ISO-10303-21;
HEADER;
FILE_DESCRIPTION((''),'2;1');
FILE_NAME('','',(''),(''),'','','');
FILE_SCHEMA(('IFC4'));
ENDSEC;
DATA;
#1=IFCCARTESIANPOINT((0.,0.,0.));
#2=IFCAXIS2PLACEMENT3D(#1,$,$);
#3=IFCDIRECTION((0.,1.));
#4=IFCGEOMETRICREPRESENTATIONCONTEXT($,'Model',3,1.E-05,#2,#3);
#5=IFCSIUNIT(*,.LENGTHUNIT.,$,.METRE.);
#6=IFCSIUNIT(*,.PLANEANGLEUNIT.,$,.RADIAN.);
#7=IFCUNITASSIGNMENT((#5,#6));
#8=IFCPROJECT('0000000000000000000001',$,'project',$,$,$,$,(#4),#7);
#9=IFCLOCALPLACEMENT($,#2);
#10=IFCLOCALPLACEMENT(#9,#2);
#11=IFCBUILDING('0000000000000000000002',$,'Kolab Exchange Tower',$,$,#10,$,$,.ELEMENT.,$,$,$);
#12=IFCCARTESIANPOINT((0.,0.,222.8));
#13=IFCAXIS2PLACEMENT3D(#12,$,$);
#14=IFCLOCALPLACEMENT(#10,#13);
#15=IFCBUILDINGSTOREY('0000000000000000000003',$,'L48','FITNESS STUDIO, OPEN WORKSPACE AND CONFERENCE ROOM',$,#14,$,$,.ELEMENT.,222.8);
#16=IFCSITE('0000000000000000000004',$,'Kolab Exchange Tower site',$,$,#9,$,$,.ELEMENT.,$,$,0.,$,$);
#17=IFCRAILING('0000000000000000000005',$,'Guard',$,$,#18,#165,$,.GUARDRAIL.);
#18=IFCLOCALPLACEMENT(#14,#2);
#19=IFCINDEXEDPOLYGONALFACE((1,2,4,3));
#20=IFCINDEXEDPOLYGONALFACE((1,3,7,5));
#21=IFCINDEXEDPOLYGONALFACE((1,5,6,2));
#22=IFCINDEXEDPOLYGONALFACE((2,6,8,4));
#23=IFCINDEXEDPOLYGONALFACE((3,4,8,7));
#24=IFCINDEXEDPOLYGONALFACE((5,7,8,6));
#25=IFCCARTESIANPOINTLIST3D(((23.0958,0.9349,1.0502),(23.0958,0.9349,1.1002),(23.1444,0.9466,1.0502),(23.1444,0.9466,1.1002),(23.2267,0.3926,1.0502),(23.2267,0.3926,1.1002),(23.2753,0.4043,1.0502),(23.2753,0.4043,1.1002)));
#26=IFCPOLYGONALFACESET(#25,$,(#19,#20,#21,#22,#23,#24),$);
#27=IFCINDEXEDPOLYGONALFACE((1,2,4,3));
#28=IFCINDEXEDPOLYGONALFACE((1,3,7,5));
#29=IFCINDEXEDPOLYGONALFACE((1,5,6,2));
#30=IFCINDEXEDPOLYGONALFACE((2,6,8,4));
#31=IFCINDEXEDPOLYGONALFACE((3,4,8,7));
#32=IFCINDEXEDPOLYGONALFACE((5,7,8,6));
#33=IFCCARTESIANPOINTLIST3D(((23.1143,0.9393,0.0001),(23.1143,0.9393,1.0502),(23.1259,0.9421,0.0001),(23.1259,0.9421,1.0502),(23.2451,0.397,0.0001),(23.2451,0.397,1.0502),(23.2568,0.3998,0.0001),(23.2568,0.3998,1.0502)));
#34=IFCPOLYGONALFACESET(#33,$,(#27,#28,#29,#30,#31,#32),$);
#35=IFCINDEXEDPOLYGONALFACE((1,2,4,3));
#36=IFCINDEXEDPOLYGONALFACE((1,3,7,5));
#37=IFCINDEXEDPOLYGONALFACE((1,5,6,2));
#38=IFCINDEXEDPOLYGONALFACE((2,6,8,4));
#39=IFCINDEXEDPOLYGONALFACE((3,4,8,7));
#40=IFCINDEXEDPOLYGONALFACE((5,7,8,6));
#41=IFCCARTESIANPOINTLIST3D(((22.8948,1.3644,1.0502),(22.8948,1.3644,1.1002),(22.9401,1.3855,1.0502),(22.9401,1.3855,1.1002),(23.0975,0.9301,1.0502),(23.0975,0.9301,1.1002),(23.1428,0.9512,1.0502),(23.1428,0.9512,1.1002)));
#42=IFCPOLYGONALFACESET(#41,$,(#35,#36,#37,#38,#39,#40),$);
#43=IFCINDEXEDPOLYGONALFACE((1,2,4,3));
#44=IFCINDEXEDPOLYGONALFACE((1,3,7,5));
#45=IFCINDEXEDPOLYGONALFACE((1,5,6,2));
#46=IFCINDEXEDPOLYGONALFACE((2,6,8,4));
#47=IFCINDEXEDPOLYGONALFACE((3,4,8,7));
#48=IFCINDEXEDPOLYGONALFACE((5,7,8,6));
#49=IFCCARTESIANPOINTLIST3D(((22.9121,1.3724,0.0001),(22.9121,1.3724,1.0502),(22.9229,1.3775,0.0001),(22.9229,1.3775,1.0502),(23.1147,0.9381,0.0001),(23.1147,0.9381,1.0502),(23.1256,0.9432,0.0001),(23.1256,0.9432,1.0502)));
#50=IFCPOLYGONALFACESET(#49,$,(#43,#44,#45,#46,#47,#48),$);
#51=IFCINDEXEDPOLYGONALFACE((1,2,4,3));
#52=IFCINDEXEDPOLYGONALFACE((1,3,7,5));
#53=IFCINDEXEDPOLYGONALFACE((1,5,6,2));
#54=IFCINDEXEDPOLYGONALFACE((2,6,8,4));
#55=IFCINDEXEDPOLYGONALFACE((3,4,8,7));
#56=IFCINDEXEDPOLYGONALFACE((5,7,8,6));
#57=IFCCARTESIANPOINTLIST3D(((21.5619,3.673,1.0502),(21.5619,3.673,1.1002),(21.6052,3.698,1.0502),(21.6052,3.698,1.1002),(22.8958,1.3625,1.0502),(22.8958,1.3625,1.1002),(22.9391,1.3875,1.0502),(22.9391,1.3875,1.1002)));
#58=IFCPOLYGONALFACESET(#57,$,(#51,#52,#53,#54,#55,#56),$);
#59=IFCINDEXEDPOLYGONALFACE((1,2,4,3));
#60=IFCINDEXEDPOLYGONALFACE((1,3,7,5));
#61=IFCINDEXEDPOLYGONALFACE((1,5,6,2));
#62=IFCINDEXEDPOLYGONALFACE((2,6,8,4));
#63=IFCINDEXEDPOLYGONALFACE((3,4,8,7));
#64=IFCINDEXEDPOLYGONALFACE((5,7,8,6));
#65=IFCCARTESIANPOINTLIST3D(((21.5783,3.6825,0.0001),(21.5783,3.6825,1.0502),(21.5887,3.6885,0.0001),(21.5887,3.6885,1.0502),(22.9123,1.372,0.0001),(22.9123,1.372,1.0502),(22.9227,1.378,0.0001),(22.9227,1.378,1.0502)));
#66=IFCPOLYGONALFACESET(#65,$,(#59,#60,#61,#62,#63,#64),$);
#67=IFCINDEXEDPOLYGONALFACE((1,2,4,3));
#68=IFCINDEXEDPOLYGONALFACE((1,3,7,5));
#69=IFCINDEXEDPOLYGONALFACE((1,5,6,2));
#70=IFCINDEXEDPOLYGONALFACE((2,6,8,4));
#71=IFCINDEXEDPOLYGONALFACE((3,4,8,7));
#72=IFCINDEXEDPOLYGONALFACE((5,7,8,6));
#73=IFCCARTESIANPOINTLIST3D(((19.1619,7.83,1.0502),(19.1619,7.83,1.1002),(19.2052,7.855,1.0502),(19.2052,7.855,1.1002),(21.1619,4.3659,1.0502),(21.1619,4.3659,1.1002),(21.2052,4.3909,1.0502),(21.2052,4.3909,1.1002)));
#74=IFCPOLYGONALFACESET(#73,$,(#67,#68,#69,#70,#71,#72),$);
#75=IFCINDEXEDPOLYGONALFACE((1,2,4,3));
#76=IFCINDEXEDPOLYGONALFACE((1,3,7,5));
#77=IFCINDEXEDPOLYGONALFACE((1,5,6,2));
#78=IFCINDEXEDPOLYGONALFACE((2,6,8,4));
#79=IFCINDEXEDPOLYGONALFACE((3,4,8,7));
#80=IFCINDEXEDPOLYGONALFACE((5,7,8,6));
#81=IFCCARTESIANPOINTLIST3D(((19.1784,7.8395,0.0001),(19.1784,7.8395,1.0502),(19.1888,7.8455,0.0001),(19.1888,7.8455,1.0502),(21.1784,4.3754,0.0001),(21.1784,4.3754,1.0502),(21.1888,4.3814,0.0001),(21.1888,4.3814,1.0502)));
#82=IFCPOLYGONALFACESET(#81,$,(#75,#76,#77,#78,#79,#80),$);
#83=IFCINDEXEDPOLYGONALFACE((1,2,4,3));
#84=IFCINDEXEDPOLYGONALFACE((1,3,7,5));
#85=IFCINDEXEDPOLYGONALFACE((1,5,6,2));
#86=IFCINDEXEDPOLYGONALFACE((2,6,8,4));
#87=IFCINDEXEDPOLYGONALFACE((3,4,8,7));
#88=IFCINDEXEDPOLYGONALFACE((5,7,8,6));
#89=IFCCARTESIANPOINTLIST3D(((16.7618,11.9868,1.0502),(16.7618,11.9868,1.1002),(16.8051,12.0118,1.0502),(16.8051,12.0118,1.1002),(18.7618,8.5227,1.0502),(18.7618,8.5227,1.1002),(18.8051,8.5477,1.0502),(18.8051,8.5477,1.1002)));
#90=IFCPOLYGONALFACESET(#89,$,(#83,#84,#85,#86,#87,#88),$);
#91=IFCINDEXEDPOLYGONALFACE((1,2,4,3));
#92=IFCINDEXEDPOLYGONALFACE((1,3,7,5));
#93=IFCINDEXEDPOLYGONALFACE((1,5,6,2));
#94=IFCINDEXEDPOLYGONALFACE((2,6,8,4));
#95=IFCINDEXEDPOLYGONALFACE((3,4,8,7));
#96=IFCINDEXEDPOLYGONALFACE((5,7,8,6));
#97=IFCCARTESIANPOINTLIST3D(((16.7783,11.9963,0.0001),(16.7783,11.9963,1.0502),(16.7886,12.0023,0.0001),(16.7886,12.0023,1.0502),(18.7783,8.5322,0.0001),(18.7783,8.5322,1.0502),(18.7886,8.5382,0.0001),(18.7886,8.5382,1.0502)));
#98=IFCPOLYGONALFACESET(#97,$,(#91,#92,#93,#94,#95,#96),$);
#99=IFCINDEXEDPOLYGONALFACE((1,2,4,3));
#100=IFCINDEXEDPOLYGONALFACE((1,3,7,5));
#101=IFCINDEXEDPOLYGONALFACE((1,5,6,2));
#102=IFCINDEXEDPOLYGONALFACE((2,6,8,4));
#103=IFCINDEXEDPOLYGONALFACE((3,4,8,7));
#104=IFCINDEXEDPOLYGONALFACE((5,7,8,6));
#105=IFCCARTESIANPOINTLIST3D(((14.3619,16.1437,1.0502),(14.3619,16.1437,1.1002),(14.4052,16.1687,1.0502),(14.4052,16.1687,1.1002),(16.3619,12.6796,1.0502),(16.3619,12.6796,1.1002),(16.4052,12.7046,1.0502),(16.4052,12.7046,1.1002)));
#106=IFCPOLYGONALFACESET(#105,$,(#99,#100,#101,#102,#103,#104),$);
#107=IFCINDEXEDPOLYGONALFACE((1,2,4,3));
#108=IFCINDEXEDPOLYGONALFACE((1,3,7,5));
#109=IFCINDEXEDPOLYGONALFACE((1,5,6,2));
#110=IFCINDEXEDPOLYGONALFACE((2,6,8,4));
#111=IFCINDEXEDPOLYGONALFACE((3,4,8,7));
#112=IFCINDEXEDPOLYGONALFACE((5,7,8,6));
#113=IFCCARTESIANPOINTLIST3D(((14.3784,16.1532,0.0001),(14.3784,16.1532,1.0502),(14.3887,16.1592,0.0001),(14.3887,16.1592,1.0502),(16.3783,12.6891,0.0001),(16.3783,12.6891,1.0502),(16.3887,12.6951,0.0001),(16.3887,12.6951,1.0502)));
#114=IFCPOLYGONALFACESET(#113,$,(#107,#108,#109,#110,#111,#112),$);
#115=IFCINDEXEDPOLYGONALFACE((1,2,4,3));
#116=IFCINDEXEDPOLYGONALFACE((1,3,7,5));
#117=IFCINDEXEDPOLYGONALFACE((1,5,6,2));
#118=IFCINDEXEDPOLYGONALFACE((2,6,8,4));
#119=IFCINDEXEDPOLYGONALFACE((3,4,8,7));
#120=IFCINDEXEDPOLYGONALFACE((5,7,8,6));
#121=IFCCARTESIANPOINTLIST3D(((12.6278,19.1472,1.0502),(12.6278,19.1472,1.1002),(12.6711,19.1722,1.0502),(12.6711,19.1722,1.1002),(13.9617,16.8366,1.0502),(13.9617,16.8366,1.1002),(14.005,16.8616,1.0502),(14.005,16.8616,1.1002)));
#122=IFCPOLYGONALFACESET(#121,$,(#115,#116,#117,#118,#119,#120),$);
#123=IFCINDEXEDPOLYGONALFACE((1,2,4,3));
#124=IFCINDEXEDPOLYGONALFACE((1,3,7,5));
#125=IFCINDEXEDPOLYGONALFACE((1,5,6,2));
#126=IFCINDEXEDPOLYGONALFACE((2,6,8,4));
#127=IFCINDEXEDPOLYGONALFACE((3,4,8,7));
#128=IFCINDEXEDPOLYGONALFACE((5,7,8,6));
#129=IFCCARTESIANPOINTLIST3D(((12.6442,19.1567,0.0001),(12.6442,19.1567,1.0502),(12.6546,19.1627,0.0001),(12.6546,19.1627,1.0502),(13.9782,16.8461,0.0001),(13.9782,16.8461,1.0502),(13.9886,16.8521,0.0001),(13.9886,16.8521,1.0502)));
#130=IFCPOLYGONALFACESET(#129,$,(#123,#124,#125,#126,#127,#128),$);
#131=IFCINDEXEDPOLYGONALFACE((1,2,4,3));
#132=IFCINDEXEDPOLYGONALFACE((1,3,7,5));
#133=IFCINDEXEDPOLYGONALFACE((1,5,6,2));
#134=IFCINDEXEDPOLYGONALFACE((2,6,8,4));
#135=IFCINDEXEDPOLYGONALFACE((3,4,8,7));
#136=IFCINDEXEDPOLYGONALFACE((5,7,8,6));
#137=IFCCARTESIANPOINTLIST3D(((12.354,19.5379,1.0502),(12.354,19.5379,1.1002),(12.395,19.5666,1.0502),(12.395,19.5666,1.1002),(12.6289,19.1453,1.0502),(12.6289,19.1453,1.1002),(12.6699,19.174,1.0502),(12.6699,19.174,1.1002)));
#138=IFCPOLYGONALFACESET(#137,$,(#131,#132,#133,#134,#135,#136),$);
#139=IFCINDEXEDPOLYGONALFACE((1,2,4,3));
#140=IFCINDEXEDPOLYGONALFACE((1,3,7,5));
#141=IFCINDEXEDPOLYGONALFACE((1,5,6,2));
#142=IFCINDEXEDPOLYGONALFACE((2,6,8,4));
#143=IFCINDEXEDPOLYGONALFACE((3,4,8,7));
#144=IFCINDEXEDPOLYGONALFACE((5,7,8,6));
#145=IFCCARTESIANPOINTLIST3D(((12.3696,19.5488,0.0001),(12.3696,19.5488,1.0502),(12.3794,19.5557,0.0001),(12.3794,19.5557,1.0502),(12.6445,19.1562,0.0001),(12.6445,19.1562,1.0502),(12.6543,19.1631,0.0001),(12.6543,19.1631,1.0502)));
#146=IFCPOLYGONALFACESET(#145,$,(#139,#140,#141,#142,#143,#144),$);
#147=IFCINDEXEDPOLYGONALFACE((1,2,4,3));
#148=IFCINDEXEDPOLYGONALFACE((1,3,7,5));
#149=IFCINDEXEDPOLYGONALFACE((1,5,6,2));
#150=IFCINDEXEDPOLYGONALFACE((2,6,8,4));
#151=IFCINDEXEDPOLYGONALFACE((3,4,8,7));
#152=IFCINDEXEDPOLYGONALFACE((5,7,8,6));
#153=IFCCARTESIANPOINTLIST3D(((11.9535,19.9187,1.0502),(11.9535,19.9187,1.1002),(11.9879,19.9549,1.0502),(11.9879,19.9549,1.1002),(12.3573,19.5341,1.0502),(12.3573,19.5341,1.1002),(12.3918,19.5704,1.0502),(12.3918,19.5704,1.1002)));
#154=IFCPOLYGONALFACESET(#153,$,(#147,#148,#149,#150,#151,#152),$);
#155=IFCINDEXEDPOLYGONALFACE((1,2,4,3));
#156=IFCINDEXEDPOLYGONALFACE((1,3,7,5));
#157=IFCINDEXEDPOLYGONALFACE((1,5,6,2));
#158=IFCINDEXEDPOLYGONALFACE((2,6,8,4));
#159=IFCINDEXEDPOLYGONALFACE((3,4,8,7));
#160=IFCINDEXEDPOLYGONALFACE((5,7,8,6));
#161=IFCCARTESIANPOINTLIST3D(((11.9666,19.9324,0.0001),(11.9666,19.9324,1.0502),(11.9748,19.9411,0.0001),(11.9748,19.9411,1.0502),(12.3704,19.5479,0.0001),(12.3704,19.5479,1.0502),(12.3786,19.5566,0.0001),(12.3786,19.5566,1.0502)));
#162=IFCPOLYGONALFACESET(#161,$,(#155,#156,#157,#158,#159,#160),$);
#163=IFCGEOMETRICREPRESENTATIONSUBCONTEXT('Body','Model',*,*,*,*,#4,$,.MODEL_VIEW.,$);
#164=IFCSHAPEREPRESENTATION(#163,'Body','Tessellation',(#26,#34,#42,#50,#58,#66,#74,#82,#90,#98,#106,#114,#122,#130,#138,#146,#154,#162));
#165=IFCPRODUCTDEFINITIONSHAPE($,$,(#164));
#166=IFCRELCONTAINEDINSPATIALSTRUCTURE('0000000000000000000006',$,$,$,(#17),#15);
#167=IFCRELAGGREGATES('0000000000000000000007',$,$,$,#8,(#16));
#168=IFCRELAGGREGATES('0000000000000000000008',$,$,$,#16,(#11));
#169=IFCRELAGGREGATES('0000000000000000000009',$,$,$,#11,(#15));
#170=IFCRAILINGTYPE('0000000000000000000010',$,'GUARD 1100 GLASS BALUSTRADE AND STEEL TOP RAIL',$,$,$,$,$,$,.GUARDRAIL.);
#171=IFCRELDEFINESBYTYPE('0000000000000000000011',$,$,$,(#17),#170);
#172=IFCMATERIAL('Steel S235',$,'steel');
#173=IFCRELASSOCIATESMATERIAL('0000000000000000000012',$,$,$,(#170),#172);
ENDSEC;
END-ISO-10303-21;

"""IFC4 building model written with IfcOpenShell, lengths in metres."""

from ifc_helpers import new_model, si_unit, direction, frame, frame_2d, origin, origin_2d, place, context, subcontext, project, spatial, rectangle, extrude, material, type_object, element, save


model = new_model("IFC4")

# Units and contexts
model_context = context("Model", 3, precision=1e-05, world=origin(), true_north=direction((0.0, 1.0)))
body_context = subcontext(model_context, "Body", "Model", "MODEL_VIEW")
ifc_project = project(units=[si_unit("LENGTHUNIT", "METRE"), si_unit("PLANEANGLEUNIT", "RADIAN")], contexts=[model_context])

# Site, building, storey
site_placement = place(None, origin())
site = spatial("IfcSite", under=ifc_project, at=site_placement, Name="Kolab Exchange Tower site", CompositionType="ELEMENT", RefElevation=0.0)
building_placement = place(site_placement, origin())
building = spatial("IfcBuilding", under=site, at=building_placement, Name="Kolab Exchange Tower", CompositionType="ELEMENT")
storey_placement = place(building_placement, frame((0.0, 0.0, 222.8)))
storey = spatial("IfcBuildingStorey", under=building, at=storey_placement, Name="L48", Description="FITNESS STUDIO, OPEN WORKSPACE AND CONFERENCE ROOM", CompositionType="ELEMENT", Elevation=222.8)

# Railing
ifc_material_1 = material(Name="Steel S235", Category="steel")
railing_type = type_object("IfcRailingType", Name="GUARD 1100 GLASS BALUSTRADE AND STEEL TOP RAIL", PredefinedType="GUARDRAIL", material=ifc_material_1)
railing_placement = place(storey_placement, frame((23.251, 0.3984, 0.0)))
element("IfcRailing", 1, at=railing_placement, inside=storey, type_object=railing_type, Name="Guard", PredefinedType="GUARDRAIL", context=body_context, shape_type="SweptSolid", body=[
    extrude(rectangle(XDim=0.05, YDim=0.05, at=origin_2d()), frame((0.0, 0.0, 1.0752), z_axis=(-0.234598, 0.972093, 0.0), x_axis=(-0.972093, -0.234598, 0.0)), (0.0, 0.0, 1.0), 0.5579),
    extrude(rectangle(XDim=0.012, YDim=1.0501, at=frame_2d((0.0, 0.5251))), frame((0.0, 0.0, 0.0), z_axis=(-0.234598, 0.972093, 0.0), x_axis=(-0.972093, -0.234598, 0.0)), (0.0, 0.0, 1.0), 0.5579),
    extrude(rectangle(XDim=0.05, YDim=0.05, at=origin_2d()), frame((-0.1309, 0.5422, 1.0752), z_axis=(-0.422802, 0.906222, 0.0), x_axis=(-0.906222, -0.422802, 0.0)), (0.0, 0.0, 1.0), 0.4792),
    extrude(rectangle(XDim=0.012, YDim=1.0501, at=frame_2d((0.0, 0.5251))), frame((-0.1309, 0.5422, 0.0), z_axis=(-0.422802, 0.906222, 0.0), x_axis=(-0.906222, -0.422802, 0.0)), (0.0, 0.0, 1.0), 0.4792),
    extrude(rectangle(XDim=0.05, YDim=0.05, at=origin_2d()), frame((-0.3335, 0.9766, 1.0752), z_axis=(-0.499997, 0.866027, 0.0), x_axis=(-0.866027, -0.499997, 0.0)), (0.0, 0.0, 1.0), 2.668),
    extrude(rectangle(XDim=0.012, YDim=1.0501, at=frame_2d((0.0, 0.5251))), frame((-0.3335, 0.9766, 0.0), z_axis=(-0.499997, 0.866027, 0.0), x_axis=(-0.866027, -0.499997, 0.0)), (0.0, 0.0, 1.0), 2.668),
    extrude(rectangle(XDim=0.05, YDim=0.05, at=origin_2d()), frame((-2.0674, 3.98, 1.0752), z_axis=(-0.499999, 0.866026, 0.0), x_axis=(-0.866026, -0.499999, 0.0)), (0.0, 0.0, 1.0), 4.0),
    extrude(rectangle(XDim=0.012, YDim=1.0501, at=frame_2d((0.0, 0.5251))), frame((-2.0674, 3.98, 0.0), z_axis=(-0.499999, 0.866026, 0.0), x_axis=(-0.866026, -0.499999, 0.0)), (0.0, 0.0, 1.0), 4.0),
    extrude(rectangle(XDim=0.05, YDim=0.05, at=origin_2d()), frame((-4.4675, 8.1367, 1.0752), z_axis=(-0.499999, 0.866026, 0.0), x_axis=(-0.866026, -0.499999, 0.0)), (0.0, 0.0, 1.0), 4.0),
    extrude(rectangle(XDim=0.012, YDim=1.0501, at=frame_2d((0.0, 0.5251))), frame((-4.4675, 8.1367, 0.0), z_axis=(-0.499999, 0.866026, 0.0), x_axis=(-0.866026, -0.499999, 0.0)), (0.0, 0.0, 1.0), 4.0),
    extrude(rectangle(XDim=0.05, YDim=0.05, at=origin_2d()), frame((-6.8674, 12.2937, 1.0752), z_axis=(-0.499999, 0.866026, 0.0), x_axis=(-0.866026, -0.499999, 0.0)), (0.0, 0.0, 1.0), 4.0),
    extrude(rectangle(XDim=0.012, YDim=1.0501, at=frame_2d((0.0, 0.5251))), frame((-6.8674, 12.2937, 0.0), z_axis=(-0.499999, 0.866026, 0.0), x_axis=(-0.866026, -0.499999, 0.0)), (0.0, 0.0, 1.0), 4.0),
    extrude(rectangle(XDim=0.05, YDim=0.05, at=origin_2d()), frame((-9.2676, 16.4507, 1.0752), z_axis=(-0.499997, 0.866027, 0.0), x_axis=(-0.866027, -0.499997, 0.0)), (0.0, 0.0, 1.0), 2.668),
    extrude(rectangle(XDim=0.012, YDim=1.0501, at=frame_2d((0.0, 0.5251))), frame((-9.2676, 16.4507, 0.0), z_axis=(-0.499997, 0.866027, 0.0), x_axis=(-0.866027, -0.499997, 0.0)), (0.0, 0.0, 1.0), 2.668),
    extrude(rectangle(XDim=0.05, YDim=0.05, at=origin_2d()), frame((-10.6016, 18.7612, 1.0752), z_axis=(-0.573599, 0.819136, 0.0), x_axis=(-0.819136, -0.573599, 0.0)), (0.0, 0.0, 1.0), 0.4792),
    extrude(rectangle(XDim=0.012, YDim=1.0501, at=frame_2d((0.0, 0.5251))), frame((-10.6016, 18.7612, 0.0), z_axis=(-0.573599, 0.819136, 0.0), x_axis=(-0.819136, -0.573599, 0.0)), (0.0, 0.0, 1.0), 0.4792),
    extrude(rectangle(XDim=0.05, YDim=0.05, at=origin_2d()), frame((-10.8765, 19.1538, 1.0752), z_axis=(-0.72419, 0.689601, 0.0), x_axis=(-0.689601, -0.72419, 0.0)), (0.0, 0.0, 1.0), 0.5576),
    extrude(rectangle(XDim=0.012, YDim=1.0501, at=frame_2d((0.0, 0.5251))), frame((-10.8765, 19.1538, 0.0), z_axis=(-0.72419, 0.689601, 0.0), x_axis=(-0.689601, -0.72419, 0.0)), (0.0, 0.0, 1.0), 0.5576),
])

save(model, "model.ifc")
